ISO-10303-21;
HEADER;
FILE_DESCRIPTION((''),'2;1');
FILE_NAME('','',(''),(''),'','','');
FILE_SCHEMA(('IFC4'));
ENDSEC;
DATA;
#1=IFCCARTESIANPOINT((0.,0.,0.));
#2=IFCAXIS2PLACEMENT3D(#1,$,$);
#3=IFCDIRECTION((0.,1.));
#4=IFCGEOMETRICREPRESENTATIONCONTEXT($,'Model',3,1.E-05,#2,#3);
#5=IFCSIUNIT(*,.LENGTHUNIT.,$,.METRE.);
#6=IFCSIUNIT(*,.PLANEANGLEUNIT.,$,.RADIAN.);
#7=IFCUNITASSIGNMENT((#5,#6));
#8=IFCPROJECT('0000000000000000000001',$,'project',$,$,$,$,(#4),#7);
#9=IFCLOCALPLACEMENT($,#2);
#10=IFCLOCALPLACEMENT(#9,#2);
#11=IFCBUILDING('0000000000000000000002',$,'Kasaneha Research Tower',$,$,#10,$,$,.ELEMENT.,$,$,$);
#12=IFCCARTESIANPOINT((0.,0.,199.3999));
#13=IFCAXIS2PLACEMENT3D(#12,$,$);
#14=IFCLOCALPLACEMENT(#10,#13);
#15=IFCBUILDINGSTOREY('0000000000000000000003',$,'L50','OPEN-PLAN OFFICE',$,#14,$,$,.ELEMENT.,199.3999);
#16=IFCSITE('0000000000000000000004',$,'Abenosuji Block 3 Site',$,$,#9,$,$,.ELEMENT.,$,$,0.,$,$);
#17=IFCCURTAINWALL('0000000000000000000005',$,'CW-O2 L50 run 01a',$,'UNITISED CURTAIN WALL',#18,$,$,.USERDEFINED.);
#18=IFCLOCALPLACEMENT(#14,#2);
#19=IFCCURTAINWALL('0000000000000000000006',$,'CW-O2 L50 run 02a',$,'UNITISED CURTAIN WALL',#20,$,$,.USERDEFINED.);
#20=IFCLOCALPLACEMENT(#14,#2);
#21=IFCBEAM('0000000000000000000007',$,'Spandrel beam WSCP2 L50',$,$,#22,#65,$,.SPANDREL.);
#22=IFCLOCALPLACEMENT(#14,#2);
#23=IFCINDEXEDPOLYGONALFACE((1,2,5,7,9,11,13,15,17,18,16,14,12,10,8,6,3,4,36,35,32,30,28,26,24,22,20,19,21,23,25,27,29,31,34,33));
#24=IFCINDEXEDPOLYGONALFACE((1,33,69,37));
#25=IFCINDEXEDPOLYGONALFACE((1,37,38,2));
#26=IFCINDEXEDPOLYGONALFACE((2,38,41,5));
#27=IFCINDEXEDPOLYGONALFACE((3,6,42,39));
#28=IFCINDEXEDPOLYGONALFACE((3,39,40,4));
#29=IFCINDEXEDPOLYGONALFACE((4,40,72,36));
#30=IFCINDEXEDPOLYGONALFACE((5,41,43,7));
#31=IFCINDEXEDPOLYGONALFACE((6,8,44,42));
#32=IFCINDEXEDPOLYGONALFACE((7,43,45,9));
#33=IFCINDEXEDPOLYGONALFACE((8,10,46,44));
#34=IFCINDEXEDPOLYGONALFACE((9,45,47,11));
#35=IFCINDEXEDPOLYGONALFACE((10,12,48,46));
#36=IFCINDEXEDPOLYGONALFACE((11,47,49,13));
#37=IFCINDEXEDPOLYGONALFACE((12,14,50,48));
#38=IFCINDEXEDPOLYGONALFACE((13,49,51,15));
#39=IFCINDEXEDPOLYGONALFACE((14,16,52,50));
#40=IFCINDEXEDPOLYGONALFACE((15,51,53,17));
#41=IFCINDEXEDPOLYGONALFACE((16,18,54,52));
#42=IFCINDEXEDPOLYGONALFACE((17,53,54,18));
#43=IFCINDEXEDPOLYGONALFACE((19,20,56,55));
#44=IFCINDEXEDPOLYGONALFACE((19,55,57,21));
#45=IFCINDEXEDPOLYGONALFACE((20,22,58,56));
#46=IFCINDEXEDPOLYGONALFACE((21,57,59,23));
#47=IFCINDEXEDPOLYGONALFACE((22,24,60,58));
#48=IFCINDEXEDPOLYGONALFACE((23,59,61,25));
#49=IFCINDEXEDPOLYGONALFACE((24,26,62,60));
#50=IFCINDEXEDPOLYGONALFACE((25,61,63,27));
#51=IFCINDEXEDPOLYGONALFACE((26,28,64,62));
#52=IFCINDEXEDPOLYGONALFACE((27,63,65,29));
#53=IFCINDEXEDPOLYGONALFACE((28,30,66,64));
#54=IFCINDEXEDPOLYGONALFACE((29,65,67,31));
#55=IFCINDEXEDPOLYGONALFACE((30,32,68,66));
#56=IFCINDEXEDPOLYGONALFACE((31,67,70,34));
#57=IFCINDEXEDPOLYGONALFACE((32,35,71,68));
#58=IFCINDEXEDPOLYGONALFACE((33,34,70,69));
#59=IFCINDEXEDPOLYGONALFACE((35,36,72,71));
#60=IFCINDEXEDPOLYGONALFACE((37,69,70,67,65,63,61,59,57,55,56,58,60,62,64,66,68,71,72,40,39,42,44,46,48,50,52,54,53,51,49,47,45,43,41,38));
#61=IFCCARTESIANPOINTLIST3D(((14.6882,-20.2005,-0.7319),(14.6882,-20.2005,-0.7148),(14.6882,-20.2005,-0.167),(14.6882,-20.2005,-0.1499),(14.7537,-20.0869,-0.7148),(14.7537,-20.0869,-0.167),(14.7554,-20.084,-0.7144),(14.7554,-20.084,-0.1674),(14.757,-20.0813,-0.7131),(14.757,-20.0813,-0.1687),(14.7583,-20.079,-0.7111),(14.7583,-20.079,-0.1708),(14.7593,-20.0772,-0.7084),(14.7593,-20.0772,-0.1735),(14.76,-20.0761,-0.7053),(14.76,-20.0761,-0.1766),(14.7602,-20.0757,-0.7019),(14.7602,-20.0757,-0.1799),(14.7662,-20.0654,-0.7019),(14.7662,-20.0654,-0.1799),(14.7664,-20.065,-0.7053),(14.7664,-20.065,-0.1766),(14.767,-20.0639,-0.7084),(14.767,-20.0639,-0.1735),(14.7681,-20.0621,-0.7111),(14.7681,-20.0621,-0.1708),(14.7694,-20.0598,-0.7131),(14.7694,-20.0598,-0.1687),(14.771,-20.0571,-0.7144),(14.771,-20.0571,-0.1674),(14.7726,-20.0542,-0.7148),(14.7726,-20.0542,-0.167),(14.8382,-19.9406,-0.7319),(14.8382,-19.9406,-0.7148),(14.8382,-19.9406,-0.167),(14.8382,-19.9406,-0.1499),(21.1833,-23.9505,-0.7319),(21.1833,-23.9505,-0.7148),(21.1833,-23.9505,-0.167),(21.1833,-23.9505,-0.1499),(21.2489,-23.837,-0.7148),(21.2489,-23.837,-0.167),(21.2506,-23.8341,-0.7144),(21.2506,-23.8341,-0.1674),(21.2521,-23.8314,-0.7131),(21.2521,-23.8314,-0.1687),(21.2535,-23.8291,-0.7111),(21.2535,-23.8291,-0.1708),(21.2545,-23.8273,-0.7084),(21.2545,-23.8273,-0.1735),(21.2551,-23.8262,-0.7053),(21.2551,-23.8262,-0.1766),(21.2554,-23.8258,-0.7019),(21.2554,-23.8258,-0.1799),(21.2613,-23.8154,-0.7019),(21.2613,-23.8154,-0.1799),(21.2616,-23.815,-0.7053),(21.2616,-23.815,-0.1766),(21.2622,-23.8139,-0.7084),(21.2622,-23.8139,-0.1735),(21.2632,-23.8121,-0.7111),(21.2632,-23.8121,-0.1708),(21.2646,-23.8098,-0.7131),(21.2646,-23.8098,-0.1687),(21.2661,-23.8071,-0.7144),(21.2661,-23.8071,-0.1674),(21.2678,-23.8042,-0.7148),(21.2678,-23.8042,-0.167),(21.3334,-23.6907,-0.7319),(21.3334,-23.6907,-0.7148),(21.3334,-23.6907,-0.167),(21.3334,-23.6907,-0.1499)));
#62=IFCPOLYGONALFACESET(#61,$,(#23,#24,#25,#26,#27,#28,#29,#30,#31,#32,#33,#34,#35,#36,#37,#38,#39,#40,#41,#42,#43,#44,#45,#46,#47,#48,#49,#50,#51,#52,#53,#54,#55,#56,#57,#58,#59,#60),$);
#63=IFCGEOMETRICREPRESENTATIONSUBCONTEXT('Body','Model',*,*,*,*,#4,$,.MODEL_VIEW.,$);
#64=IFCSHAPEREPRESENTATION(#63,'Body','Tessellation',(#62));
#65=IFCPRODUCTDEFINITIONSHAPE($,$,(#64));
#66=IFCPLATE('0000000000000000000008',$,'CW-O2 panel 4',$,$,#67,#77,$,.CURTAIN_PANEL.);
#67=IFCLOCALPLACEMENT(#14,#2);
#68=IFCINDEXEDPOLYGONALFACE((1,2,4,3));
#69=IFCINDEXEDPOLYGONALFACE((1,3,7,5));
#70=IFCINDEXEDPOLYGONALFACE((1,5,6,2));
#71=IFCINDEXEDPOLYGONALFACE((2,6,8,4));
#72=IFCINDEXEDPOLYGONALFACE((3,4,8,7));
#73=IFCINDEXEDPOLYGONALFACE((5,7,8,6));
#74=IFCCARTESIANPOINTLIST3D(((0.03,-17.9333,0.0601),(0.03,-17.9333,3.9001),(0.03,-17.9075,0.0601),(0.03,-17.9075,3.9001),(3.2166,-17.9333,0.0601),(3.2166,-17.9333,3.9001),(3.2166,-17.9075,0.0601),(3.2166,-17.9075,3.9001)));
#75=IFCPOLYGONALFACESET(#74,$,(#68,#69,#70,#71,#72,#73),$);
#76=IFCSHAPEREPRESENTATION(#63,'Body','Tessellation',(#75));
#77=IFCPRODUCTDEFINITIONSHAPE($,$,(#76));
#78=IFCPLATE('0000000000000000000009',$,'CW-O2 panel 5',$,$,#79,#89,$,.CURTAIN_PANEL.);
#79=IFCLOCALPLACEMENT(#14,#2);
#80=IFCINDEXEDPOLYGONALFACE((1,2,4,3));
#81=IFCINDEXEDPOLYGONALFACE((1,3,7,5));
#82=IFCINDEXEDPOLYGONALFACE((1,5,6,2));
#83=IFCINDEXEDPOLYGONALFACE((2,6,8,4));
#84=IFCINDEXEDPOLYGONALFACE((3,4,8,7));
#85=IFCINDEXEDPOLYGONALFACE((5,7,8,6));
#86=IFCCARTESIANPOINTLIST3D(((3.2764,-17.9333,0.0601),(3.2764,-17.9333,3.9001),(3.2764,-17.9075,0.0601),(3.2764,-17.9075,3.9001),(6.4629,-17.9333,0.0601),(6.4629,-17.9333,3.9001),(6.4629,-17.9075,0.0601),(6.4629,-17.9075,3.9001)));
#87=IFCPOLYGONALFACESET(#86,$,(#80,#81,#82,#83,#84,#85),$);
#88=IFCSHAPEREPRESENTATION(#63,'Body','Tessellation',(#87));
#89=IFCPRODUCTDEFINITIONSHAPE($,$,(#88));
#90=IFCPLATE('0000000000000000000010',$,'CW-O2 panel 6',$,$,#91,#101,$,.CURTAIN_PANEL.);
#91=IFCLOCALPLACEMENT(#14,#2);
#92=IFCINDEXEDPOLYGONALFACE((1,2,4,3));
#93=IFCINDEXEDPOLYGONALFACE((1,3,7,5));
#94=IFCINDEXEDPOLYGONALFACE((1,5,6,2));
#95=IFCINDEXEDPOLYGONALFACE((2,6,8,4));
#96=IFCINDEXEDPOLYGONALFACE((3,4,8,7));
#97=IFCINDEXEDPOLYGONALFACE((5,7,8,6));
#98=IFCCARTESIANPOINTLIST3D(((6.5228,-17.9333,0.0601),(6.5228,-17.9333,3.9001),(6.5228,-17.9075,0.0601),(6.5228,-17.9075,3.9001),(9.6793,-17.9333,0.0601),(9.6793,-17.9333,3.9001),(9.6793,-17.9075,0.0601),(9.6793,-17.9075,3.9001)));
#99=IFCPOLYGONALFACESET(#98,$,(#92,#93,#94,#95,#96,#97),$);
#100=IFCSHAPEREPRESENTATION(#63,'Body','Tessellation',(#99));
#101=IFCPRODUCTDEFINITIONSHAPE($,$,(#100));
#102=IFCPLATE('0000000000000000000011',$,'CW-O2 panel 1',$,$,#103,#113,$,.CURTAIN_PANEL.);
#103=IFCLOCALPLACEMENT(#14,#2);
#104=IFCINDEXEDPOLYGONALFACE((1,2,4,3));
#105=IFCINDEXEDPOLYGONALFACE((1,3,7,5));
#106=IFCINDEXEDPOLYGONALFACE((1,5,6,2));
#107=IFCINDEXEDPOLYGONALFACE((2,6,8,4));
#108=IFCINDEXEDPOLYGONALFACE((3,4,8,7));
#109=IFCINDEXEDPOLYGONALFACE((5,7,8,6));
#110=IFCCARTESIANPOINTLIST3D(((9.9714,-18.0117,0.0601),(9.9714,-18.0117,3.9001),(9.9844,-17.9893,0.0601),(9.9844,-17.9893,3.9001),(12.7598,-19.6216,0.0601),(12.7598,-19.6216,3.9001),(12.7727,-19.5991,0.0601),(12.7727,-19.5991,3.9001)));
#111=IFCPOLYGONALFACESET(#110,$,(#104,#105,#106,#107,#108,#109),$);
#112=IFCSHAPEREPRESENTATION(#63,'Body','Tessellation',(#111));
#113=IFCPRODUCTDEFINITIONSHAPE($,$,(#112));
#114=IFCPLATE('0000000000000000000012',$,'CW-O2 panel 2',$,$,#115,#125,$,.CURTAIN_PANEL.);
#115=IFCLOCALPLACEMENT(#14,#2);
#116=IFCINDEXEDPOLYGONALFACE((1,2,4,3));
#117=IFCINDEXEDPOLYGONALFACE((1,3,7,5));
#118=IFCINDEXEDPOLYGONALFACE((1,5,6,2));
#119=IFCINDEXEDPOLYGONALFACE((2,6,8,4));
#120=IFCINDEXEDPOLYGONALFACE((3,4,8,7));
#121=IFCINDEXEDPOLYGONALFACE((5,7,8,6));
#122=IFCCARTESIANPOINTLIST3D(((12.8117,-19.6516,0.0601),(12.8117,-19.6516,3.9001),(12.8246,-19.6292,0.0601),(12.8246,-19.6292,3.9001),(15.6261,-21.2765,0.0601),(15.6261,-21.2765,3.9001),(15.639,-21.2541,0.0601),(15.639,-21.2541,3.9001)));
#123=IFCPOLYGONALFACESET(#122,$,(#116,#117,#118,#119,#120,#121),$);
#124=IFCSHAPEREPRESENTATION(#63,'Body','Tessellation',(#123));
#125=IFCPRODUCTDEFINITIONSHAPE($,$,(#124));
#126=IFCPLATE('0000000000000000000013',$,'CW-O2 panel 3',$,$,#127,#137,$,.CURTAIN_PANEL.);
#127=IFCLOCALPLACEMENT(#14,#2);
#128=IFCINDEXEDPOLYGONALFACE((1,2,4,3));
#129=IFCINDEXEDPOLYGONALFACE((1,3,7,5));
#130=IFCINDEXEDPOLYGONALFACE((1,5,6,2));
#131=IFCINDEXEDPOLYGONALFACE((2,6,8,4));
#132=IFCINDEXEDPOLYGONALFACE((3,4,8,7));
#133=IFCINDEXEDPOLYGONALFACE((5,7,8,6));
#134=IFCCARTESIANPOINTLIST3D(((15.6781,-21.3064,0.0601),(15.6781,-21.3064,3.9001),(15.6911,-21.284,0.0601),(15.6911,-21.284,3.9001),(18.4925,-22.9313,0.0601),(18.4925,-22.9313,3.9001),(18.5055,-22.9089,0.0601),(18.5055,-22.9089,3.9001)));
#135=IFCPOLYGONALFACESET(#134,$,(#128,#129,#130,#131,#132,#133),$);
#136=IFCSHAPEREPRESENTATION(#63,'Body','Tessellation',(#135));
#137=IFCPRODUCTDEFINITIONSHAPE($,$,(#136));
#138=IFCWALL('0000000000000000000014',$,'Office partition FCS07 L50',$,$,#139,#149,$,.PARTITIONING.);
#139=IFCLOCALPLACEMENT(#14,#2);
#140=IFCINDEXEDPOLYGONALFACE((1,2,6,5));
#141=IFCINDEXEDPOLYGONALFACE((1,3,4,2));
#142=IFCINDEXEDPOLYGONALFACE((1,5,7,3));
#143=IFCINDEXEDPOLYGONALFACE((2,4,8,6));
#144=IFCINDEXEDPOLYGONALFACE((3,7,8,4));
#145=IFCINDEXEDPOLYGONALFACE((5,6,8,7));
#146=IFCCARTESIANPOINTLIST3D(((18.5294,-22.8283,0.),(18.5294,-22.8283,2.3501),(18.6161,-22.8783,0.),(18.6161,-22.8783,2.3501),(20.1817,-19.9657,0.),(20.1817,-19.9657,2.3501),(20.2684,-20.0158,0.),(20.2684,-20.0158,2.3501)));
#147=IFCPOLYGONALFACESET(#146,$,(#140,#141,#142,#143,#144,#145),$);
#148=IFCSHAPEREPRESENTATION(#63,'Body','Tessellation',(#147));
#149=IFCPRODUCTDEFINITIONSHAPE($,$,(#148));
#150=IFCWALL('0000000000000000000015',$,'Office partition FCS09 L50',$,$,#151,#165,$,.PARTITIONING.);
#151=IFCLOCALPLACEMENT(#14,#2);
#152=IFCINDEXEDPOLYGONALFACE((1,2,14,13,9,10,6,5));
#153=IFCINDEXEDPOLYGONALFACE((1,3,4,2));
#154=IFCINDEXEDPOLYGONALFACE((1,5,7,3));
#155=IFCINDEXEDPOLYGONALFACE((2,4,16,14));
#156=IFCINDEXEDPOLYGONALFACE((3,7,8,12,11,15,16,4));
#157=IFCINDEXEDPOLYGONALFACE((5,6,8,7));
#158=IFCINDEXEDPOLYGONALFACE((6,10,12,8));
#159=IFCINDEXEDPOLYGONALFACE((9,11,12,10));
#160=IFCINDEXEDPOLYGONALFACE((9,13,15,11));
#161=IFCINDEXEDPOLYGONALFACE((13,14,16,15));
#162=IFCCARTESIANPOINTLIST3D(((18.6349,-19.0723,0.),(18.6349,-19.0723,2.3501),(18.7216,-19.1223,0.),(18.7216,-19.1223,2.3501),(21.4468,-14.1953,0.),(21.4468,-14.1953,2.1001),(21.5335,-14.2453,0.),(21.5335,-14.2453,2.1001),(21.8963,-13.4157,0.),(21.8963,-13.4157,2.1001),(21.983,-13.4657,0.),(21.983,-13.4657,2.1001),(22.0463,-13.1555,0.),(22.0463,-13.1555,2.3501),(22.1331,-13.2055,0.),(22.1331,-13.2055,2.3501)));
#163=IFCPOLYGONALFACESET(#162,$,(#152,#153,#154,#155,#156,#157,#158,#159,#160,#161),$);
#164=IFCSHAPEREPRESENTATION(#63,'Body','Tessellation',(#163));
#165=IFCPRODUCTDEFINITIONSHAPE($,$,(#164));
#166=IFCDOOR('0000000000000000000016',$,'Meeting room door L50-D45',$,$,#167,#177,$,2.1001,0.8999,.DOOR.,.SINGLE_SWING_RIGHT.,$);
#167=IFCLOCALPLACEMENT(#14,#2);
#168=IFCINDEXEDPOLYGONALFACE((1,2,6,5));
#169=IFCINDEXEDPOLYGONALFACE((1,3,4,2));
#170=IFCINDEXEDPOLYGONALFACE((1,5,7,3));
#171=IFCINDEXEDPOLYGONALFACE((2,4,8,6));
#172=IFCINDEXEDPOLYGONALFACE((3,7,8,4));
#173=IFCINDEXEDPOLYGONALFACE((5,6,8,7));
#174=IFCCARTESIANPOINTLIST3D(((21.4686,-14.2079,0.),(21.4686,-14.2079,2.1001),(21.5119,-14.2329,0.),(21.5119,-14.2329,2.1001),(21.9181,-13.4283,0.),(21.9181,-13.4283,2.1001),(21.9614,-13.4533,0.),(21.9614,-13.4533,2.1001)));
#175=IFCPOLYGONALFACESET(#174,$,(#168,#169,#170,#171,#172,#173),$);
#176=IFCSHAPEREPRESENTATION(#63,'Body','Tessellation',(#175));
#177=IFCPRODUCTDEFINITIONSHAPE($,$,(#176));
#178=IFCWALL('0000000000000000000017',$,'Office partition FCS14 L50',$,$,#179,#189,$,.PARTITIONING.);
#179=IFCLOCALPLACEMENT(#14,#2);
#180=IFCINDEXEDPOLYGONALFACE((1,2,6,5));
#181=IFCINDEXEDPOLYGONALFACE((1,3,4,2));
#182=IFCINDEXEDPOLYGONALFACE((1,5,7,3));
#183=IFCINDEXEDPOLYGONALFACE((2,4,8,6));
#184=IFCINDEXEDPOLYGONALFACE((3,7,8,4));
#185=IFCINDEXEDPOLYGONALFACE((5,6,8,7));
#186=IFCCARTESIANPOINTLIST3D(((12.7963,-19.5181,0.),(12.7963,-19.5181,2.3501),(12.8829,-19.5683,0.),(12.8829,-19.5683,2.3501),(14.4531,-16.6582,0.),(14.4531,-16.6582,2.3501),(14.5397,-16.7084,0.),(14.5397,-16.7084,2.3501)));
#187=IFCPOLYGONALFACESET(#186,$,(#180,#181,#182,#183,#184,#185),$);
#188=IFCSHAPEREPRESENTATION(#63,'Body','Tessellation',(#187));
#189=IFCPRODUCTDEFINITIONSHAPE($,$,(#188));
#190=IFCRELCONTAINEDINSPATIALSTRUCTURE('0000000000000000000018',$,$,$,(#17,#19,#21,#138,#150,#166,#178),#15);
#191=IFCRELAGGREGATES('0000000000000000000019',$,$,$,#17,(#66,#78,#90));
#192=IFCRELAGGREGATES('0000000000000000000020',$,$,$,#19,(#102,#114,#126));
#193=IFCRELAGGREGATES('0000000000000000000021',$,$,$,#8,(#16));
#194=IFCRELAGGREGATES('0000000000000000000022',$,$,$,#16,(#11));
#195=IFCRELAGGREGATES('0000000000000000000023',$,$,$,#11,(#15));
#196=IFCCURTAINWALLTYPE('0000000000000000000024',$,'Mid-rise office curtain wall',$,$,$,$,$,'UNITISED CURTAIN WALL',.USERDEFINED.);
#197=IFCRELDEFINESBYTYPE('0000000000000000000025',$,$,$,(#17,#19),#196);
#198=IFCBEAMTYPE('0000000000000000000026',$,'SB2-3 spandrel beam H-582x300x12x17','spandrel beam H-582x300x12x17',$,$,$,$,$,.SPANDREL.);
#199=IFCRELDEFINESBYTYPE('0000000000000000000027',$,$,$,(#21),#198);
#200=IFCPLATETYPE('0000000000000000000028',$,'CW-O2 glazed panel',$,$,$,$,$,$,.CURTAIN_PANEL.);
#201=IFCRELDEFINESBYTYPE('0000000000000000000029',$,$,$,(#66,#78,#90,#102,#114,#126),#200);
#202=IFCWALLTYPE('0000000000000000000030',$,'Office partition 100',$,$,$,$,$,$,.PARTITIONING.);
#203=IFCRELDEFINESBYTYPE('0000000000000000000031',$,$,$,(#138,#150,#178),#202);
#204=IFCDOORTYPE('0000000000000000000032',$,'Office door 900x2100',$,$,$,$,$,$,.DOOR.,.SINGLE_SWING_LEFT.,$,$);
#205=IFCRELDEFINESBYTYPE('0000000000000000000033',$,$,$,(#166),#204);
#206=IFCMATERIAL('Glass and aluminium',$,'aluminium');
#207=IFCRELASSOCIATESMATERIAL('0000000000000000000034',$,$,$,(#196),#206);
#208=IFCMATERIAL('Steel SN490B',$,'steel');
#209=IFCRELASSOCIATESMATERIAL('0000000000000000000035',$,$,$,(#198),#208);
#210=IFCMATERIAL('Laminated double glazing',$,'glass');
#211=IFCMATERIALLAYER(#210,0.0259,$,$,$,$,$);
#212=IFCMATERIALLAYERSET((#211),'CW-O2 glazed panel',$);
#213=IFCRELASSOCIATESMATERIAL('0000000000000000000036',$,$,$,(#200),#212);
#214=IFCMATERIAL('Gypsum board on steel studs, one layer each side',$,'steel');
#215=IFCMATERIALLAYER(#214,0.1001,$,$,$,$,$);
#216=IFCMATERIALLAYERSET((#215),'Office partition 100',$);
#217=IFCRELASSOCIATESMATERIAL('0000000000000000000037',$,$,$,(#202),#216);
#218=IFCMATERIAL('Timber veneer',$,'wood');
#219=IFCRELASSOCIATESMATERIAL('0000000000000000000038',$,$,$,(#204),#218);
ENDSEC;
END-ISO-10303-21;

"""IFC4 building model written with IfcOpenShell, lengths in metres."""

from ifc_helpers import new_model, si_unit, direction, frame, frame_2d, origin, origin_2d, place, context, subcontext, project, spatial, rectangle, i_section, extrude, material, layer, layer_set, material_profile, profile_set, type_object, element, fill, aggregate, save


model = new_model("IFC4")

# Units and contexts
model_context = context("Model", 3, precision=1e-05, world=origin(), true_north=direction((0.0, 1.0)))
body_context = subcontext(model_context, "Body", "Model", "MODEL_VIEW")
ifc_project = project(units=[si_unit("LENGTHUNIT", "METRE"), si_unit("PLANEANGLEUNIT", "RADIAN")], contexts=[model_context])

# Site, building, storey
site_placement = place(None, origin())
site = spatial("IfcSite", under=ifc_project, at=site_placement, Name="Abenosuji Block 3 Site", CompositionType="ELEMENT", RefElevation=0.0)
building_placement = place(site_placement, origin())
building = spatial("IfcBuilding", under=site, at=building_placement, Name="Kasaneha Research Tower", CompositionType="ELEMENT")
storey_placement = place(building_placement, frame((0.0, 0.0, 199.3999)))
storey = spatial("IfcBuildingStorey", under=building, at=storey_placement, Name="L50", Description="OPEN-PLAN OFFICE", CompositionType="ELEMENT", Elevation=199.3999)

# Curtain walls
ifc_material_1 = material(Name="Glass and aluminium", Category="aluminium")
curtain_wall_type = type_object("IfcCurtainWallType", Name="Mid-rise office curtain wall", ElementType="UNITISED CURTAIN WALL", PredefinedType="USERDEFINED", material=ifc_material_1)
curtain_wall_1_placement = place(storey_placement, origin())
curtain_wall_1 = element("IfcCurtainWall", 1, at=curtain_wall_1_placement, inside=storey, type_object=curtain_wall_type, Name="CW-O2 L50 run 01a", ObjectType="UNITISED CURTAIN WALL", PredefinedType="USERDEFINED")
curtain_wall_2_placement = place(storey_placement, origin())
curtain_wall_2 = element("IfcCurtainWall", 2, at=curtain_wall_2_placement, inside=storey, type_object=curtain_wall_type, Name="CW-O2 L50 run 02a", ObjectType="UNITISED CURTAIN WALL", PredefinedType="USERDEFINED")

# Beam
ifc_material_2 = material(Name="Steel SN490B", Category="steel")
ifc_material_profile_1 = material_profile(ifc_material_2, i_section(OverallWidth=0.3, OverallDepth=0.582, WebThickness=0.012, FlangeThickness=0.0171, FilletRadius=0.0129, at=origin_2d()), Name="H-582x300x12x17")
ifc_profile_set_1 = profile_set([ifc_material_profile_1], Name="Steel SN490B")
beam_type_1 = type_object("IfcBeamType", Name="SB2-3 spandrel beam H-582x300x12x17", Description="spandrel beam H-582x300x12x17", PredefinedType="SPANDREL", material=ifc_profile_set_1)
beam_1_placement = place(storey_placement, frame((14.7632, -20.0706, -0.4409), z_axis=(0.866023, -0.500004, 0.0), x_axis=(0.500004, 0.866023, 0.0)))
element("IfcBeam", 3, at=beam_1_placement, inside=storey, type_object=beam_type_1, Name="Spandrel beam WSCP2 L50", PredefinedType="SPANDREL", context=body_context, shape_type="SweptSolid", body=[
    extrude(i_section(OverallWidth=0.3, OverallDepth=0.582, WebThickness=0.012, FlangeThickness=0.0171, FilletRadius=0.0129, at=origin_2d()), origin(), (0.0, 0.0, 1.0), 7.5),
])

# Plates
ifc_material_3 = material(Name="Laminated double glazing", Category="glass")
ifc_layer_1 = layer(ifc_material_3, 0.0259)
ifc_layer_set_1 = layer_set([ifc_layer_1], Name="CW-O2 glazed panel")
plate_type = type_object("IfcPlateType", Name="CW-O2 glazed panel", PredefinedType="CURTAIN_PANEL", material=ifc_layer_set_1)
plate_1_placement = place(storey_placement, frame((1.6233, -17.9204, 0.0601), z_axis=(0.0, 0.0, 1.0), x_axis=(1.0, 0.0, 0.0)))
plate_1 = element("IfcPlate", 4, at=plate_1_placement, type_object=plate_type, Name="CW-O2 panel 4", PredefinedType="CURTAIN_PANEL", context=body_context, shape_type="SweptSolid", body=[
    extrude(rectangle(XDim=3.1865, YDim=0.0259, at=origin_2d()), origin(), (0.0, 0.0, 1.0), 3.8401),
])
plate_2_placement = place(storey_placement, frame((4.8696, -17.9204, 0.0601), z_axis=(0.0, 0.0, 1.0), x_axis=(1.0, 0.0, 0.0)))
plate_2 = element("IfcPlate", 5, at=plate_2_placement, type_object=plate_type, Name="CW-O2 panel 5", PredefinedType="CURTAIN_PANEL", context=body_context, shape_type="SweptSolid", body=[
    extrude(rectangle(XDim=3.1865, YDim=0.0259, at=origin_2d()), origin(), (0.0, 0.0, 1.0), 3.8401),
])
plate_3_placement = place(storey_placement, frame((8.1011, -17.9204, 0.0601), z_axis=(0.0, 0.0, 1.0), x_axis=(1.0, 0.0, 0.0)))
plate_3 = element("IfcPlate", 6, at=plate_3_placement, type_object=plate_type, Name="CW-O2 panel 6", PredefinedType="CURTAIN_PANEL", context=body_context, shape_type="SweptSolid", body=[
    extrude(rectangle(XDim=3.1565, YDim=0.0259, at=origin_2d()), origin(), (0.0, 0.0, 1.0), 3.8401),
])
aggregate(curtain_wall_1, [plate_1, plate_2, plate_3])
plate_4_placement = place(storey_placement, frame((11.3721, -18.8054, 0.0601), z_axis=(0.0, 0.0, 1.0), x_axis=(0.866025, -0.5, 0.0)))
plate_4 = element("IfcPlate", 7, at=plate_4_placement, type_object=plate_type, Name="CW-O2 panel 1", PredefinedType="CURTAIN_PANEL", context=body_context, shape_type="SweptSolid", body=[
    extrude(rectangle(XDim=3.2197, YDim=0.0259, at=origin_2d()), origin(), (0.0, 0.0, 1.0), 3.8401),
])
plate_5_placement = place(storey_placement, frame((14.2253, -20.4529, 0.0601), z_axis=(0.0, 0.0, 1.0), x_axis=(0.866025, -0.5, 0.0)))
plate_5 = element("IfcPlate", 8, at=plate_5_placement, type_object=plate_type, Name="CW-O2 panel 2", PredefinedType="CURTAIN_PANEL", context=body_context, shape_type="SweptSolid", body=[
    extrude(rectangle(XDim=3.2498, YDim=0.0259, at=origin_2d()), origin(), (0.0, 0.0, 1.0), 3.8401),
])
plate_6_placement = place(storey_placement, frame((17.0918, -22.1077, 0.0601), z_axis=(0.0, 0.0, 1.0), x_axis=(0.866025, -0.5, 0.0)))
plate_6 = element("IfcPlate", 9, at=plate_6_placement, type_object=plate_type, Name="CW-O2 panel 3", PredefinedType="CURTAIN_PANEL", context=body_context, shape_type="SweptSolid", body=[
    extrude(rectangle(XDim=3.2498, YDim=0.0259, at=origin_2d()), origin(), (0.0, 0.0, 1.0), 3.8401),
])
aggregate(curtain_wall_2, [plate_4, plate_5, plate_6])

# Wall
ifc_material_4 = material(Name="Gypsum board on steel studs, one layer each side", Category="steel")
ifc_layer_2 = layer(ifc_material_4, 0.1001)
ifc_layer_set_2 = layer_set([ifc_layer_2], Name="Office partition 100")
wall_type = type_object("IfcWallType", Name="Office partition 100", PredefinedType="PARTITIONING", material=ifc_layer_set_2)
wall_1_placement = place(storey_placement, frame((18.5728, -22.8533, 0.0), z_axis=(0.0, 0.0, 1.0), x_axis=(0.499921, 0.866071, 0.0)))
element("IfcWall", 10, at=wall_1_placement, inside=storey, type_object=wall_type, Name="Office partition FCS07 L50", PredefinedType="PARTITIONING", context=body_context, shape_type="SweptSolid", body=[
    extrude(rectangle(XDim=3.3052, YDim=0.1001, at=frame_2d((1.6526, 0.0))), origin(), (0.0, 0.0, 1.0), 2.3501),
])

# Wall, opening, door
wall_2_placement = place(storey_placement, frame((18.6782, -19.0974, 0.0), z_axis=(0.0, 0.0, 1.0), x_axis=(0.499488, 0.866321, 0.0)))
wall_2 = element("IfcWall", 11, at=wall_2_placement, inside=storey, type_object=wall_type, Name="Office partition FCS09 L50", PredefinedType="PARTITIONING", context=body_context, shape_type="SweptSolid", body=[
    extrude(rectangle(XDim=6.8298, YDim=0.1001, at=frame_2d((3.415, 0.0))), origin(), (0.0, 0.0, 1.0), 2.3501),
])
opening_placement = place(wall_2_placement, frame((5.6296, 0.0, 0.0)))
opening = element("IfcOpeningElement", 12, at=opening_placement, cuts=wall_2, PredefinedType="OPENING", context=body_context, shape_type="SweptSolid", body=[
    extrude(rectangle(XDim=0.8999, YDim=2.1001, at=frame_2d((0.45, 1.05))), frame((0.0, 0.0601, 0.0), z_axis=(0.0, -1.0, 0.0), x_axis=(1.0, 0.0, 0.0)), (0.0, 0.0, 1.0), 0.1201),
])
ifc_material_5 = material(Name="Timber veneer", Category="wood")
door_type = type_object("IfcDoorType", Name="Office door 900x2100", OperationType="SINGLE_SWING_LEFT", PredefinedType="DOOR", material=ifc_material_5)
door_placement = place(opening_placement, origin())
door = element("IfcDoor", 13, at=door_placement, inside=storey, type_object=door_type, Name="Meeting room door L50-D45", OperationType="SINGLE_SWING_RIGHT", OverallHeight=2.1001, OverallWidth=0.8999, PredefinedType="DOOR", context=body_context, shape_type="SweptSolid", body=[
    extrude(rectangle(XDim=0.8999, YDim=2.1001, at=frame_2d((0.45, 1.05))), frame((0.0, 0.0249, 0.0), z_axis=(0.0, -1.0, 0.0), x_axis=(1.0, 0.0, 0.0)), (0.0, 0.0, 1.0), 0.05),
])
fill(opening, door)

# Wall
wall_3_placement = place(storey_placement, frame((12.8396, -19.5432, 0.0), z_axis=(0.0, 0.0, 1.0), x_axis=(0.501269, 0.865291, 0.0)))
element("IfcWall", 14, at=wall_3_placement, inside=storey, type_object=wall_type, Name="Office partition FCS14 L50", PredefinedType="PARTITIONING", context=body_context, shape_type="SweptSolid", body=[
    extrude(rectangle(XDim=3.3052, YDim=0.1001, at=frame_2d((1.6526, 0.0))), origin(), (0.0, 0.0, 1.0), 2.3501),
])

save(model, "model.ifc")
